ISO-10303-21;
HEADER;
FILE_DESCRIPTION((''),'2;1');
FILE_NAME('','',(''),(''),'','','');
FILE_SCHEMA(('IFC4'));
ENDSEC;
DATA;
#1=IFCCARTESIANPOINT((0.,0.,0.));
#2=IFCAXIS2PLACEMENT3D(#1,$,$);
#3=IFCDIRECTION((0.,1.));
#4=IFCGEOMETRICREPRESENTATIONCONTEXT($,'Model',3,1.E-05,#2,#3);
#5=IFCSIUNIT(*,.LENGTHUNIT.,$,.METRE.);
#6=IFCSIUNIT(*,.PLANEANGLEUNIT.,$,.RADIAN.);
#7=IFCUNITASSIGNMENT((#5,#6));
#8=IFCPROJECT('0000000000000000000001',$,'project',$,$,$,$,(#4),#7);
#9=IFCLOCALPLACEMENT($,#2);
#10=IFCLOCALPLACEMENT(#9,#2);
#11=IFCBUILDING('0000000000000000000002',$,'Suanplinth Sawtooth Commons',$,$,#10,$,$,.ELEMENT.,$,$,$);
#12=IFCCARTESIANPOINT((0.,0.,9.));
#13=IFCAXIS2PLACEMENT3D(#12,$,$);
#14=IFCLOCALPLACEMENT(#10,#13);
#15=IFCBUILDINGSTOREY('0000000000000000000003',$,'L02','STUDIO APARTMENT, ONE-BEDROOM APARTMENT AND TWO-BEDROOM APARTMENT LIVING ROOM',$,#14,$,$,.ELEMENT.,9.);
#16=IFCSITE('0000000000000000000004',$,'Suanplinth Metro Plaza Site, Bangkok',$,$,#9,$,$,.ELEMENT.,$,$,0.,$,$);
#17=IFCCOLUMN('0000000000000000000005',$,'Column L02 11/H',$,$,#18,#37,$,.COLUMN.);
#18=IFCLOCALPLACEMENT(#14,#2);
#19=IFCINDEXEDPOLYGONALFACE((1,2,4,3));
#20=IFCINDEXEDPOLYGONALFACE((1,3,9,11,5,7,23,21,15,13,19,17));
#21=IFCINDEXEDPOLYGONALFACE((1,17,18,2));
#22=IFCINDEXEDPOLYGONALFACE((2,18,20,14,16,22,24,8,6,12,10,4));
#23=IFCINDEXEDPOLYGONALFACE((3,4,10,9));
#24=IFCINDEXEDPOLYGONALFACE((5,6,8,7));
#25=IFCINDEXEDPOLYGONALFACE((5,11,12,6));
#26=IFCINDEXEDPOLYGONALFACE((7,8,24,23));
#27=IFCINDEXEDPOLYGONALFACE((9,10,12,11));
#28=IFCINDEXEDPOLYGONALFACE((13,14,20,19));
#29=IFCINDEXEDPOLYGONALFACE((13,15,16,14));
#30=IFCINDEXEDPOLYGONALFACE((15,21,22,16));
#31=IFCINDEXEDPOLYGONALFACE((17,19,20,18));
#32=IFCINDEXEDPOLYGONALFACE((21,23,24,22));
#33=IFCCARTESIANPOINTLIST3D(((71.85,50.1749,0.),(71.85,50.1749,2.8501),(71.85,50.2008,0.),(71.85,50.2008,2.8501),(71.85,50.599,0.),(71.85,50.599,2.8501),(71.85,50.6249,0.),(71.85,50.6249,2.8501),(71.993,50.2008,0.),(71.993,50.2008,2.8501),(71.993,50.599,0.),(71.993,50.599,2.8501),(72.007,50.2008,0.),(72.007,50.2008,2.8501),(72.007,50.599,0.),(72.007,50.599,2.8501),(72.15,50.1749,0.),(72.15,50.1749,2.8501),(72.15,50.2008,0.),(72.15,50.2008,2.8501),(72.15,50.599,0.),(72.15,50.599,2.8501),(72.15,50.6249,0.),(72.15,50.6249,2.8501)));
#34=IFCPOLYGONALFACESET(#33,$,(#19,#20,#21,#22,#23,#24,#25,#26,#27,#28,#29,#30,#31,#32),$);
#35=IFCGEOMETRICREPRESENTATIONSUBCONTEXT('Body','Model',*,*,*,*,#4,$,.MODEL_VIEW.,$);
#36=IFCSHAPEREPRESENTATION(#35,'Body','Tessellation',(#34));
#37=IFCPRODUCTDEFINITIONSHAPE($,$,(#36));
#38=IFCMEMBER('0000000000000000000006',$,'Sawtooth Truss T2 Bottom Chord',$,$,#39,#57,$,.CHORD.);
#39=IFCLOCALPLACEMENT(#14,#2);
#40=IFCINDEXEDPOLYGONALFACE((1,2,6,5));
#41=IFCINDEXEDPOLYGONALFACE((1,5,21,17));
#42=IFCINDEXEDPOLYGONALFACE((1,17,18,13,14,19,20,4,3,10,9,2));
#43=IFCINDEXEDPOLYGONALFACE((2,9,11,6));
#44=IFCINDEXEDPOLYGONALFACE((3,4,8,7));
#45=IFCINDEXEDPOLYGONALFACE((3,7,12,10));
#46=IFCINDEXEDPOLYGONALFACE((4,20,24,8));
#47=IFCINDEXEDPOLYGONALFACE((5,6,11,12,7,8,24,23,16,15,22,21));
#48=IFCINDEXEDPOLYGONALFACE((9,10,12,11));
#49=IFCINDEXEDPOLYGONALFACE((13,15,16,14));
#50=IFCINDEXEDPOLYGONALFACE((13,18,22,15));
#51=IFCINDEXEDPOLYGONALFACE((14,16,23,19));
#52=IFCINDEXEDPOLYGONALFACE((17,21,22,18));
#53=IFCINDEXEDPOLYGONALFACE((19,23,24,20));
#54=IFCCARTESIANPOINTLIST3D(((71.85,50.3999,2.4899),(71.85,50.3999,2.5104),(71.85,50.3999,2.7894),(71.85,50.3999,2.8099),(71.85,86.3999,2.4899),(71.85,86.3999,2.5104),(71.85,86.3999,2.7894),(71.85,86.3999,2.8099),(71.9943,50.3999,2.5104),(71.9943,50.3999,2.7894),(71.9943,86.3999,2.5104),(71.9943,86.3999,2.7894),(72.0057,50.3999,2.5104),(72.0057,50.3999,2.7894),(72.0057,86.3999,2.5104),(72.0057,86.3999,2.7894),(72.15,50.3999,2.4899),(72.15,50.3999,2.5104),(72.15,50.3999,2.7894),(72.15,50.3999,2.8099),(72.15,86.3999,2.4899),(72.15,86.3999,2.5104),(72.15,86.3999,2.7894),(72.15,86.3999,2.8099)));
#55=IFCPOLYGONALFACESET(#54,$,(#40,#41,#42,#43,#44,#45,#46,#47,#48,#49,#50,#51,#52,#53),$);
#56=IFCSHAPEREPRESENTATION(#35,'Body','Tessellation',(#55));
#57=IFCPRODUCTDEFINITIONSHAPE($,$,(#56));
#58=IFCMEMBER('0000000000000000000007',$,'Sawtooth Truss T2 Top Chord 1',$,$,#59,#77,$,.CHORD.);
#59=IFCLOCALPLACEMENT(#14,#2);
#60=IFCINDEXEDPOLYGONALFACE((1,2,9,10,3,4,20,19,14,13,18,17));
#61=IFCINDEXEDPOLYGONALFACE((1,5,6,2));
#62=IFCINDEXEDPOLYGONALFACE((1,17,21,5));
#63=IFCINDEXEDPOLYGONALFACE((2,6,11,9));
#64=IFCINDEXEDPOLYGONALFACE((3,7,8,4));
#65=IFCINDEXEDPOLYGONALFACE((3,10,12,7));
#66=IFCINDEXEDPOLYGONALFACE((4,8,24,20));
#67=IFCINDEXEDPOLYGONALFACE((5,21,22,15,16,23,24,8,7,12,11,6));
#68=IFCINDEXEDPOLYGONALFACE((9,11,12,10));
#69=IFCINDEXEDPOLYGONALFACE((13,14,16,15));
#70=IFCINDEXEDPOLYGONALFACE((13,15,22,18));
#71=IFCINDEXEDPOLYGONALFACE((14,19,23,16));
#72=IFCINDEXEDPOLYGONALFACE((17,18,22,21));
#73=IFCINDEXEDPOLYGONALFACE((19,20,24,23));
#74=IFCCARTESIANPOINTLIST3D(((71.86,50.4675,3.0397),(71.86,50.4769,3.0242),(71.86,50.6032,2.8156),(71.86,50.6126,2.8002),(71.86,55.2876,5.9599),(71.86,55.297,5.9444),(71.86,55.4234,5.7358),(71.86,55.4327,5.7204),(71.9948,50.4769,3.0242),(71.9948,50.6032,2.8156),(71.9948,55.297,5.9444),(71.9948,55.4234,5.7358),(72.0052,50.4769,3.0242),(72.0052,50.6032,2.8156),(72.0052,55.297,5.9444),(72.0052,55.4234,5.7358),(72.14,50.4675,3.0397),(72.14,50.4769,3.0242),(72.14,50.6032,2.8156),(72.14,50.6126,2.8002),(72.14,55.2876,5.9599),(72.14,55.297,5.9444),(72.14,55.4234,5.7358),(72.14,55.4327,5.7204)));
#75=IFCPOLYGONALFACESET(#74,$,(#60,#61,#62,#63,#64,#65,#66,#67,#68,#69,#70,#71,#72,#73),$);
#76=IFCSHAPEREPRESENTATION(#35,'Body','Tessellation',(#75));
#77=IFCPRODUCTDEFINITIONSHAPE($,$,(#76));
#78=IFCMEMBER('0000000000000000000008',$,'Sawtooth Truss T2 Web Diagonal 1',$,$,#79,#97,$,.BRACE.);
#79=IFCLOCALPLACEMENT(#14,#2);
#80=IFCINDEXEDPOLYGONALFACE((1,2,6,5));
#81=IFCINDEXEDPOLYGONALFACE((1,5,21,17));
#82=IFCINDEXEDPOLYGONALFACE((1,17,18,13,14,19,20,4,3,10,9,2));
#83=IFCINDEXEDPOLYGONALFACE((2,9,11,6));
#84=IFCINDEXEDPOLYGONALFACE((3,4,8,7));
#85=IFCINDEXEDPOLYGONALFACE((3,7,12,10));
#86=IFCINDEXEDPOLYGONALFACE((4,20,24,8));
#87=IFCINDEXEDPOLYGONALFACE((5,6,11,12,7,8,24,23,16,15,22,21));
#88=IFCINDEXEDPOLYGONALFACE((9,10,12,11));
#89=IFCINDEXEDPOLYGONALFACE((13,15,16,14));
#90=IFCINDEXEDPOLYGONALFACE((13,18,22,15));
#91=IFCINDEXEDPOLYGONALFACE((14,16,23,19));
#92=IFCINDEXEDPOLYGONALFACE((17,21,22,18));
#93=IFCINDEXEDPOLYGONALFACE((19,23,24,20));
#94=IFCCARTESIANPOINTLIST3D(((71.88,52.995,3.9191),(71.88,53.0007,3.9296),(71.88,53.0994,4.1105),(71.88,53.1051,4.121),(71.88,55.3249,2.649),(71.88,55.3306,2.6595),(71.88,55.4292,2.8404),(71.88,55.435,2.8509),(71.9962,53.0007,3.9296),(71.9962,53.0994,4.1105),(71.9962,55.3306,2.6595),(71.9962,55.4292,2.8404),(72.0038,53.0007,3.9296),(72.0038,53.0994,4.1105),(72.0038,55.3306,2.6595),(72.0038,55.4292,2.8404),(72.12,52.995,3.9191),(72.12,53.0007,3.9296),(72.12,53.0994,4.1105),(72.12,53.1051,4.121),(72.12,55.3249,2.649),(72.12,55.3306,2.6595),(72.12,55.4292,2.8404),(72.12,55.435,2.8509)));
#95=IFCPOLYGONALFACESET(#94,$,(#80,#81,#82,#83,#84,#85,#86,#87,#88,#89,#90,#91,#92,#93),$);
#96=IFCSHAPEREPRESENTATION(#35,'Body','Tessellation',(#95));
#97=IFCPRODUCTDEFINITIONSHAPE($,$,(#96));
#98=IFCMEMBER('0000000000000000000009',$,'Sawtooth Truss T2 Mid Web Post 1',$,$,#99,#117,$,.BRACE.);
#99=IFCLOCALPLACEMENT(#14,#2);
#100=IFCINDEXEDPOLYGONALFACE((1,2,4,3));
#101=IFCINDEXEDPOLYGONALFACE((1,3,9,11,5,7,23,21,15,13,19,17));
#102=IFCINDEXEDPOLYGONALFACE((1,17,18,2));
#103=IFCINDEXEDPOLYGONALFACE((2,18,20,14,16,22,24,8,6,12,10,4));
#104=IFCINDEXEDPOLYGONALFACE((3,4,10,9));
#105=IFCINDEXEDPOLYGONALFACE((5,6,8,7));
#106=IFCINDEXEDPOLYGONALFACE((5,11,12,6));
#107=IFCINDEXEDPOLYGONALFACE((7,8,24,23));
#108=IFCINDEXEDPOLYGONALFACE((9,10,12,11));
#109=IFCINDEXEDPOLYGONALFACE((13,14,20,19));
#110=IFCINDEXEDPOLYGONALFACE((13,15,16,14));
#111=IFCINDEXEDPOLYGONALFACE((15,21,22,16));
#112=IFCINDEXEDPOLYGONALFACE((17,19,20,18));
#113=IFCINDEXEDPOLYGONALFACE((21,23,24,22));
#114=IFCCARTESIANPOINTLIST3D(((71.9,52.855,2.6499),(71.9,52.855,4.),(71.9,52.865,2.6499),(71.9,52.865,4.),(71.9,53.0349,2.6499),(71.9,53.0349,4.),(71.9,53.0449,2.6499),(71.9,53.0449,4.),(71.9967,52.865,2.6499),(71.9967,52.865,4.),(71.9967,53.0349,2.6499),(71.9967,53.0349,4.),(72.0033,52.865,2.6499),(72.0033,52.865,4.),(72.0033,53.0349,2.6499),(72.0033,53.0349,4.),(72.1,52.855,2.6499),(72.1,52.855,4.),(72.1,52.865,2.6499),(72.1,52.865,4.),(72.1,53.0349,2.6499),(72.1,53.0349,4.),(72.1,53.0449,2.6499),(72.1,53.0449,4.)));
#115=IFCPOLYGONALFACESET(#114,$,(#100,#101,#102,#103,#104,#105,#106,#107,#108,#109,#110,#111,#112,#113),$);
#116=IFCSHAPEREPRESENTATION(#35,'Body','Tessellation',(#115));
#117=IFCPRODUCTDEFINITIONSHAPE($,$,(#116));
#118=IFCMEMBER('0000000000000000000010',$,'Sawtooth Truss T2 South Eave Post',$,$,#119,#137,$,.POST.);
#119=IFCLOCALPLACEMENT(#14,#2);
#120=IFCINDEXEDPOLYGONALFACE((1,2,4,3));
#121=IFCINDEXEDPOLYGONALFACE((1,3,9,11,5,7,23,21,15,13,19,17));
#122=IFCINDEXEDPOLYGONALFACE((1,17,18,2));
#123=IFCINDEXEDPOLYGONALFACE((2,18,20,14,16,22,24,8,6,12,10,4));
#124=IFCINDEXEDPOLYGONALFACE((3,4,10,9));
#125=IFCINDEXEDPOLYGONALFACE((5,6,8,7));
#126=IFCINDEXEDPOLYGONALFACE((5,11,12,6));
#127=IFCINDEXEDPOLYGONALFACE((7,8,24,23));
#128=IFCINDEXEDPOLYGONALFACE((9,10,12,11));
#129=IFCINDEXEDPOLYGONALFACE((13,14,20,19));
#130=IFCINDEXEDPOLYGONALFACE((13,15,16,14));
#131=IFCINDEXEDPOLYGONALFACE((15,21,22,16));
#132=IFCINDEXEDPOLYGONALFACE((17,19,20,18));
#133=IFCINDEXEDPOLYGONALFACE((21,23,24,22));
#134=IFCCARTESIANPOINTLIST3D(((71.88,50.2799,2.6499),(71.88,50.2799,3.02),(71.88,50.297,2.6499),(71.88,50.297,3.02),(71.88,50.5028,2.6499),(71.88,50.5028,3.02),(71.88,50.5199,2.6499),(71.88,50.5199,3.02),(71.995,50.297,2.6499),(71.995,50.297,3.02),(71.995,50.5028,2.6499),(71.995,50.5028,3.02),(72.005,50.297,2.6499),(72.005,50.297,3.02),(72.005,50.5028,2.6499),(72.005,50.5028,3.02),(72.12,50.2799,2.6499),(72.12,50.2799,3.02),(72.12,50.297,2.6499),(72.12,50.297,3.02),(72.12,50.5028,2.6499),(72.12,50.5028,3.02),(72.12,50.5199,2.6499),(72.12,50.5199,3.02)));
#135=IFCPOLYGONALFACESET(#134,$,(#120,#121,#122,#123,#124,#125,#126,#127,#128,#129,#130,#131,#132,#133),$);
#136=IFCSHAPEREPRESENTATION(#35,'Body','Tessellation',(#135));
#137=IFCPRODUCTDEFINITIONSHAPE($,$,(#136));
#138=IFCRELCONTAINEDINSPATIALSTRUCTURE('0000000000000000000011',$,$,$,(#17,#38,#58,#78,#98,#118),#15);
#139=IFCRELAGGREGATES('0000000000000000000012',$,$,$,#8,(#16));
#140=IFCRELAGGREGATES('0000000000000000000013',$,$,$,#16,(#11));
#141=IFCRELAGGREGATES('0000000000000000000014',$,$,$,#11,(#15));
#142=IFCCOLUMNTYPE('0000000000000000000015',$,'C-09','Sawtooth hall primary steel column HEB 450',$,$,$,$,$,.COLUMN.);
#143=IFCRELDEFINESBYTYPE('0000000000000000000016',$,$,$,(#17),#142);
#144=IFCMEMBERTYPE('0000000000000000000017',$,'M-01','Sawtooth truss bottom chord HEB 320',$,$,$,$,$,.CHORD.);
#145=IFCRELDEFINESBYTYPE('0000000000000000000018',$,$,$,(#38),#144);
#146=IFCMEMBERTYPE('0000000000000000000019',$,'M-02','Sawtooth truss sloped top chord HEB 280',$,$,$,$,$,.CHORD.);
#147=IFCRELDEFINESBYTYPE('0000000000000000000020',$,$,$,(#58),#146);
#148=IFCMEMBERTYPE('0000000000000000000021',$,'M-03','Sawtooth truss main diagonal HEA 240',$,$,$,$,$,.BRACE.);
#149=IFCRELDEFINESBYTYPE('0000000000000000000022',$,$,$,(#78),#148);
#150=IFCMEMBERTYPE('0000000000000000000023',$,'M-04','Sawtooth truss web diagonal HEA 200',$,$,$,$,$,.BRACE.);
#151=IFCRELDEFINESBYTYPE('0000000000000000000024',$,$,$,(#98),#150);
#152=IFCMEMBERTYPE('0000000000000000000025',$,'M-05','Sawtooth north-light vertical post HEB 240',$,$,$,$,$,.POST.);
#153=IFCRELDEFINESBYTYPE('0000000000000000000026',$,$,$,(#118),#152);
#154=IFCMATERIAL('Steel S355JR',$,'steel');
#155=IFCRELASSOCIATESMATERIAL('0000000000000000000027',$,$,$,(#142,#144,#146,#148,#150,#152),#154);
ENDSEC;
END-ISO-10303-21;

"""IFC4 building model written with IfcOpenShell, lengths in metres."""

from ifc_helpers import new_model, si_unit, direction, frame, origin, origin_2d, place, context, subcontext, project, spatial, i_section, extrude, material, material_profile, profile_set, type_object, element, save


model = new_model("IFC4")

# Units and contexts
model_context = context("Model", 3, precision=1e-05, world=origin(), true_north=direction((0.0, 1.0)))
body_context = subcontext(model_context, "Body", "Model", "MODEL_VIEW")
ifc_project = project(units=[si_unit("LENGTHUNIT", "METRE"), si_unit("PLANEANGLEUNIT", "RADIAN")], contexts=[model_context])

# Site, building, storey
site_placement = place(None, origin())
site = spatial("IfcSite", under=ifc_project, at=site_placement, Name="Suanplinth Metro Plaza Site, Bangkok", CompositionType="ELEMENT", RefElevation=0.0)
building_placement = place(site_placement, origin())
building = spatial("IfcBuilding", under=site, at=building_placement, Name="Suanplinth Sawtooth Commons", CompositionType="ELEMENT")
storey_placement = place(building_placement, frame((0.0, 0.0, 9.0)))
storey = spatial("IfcBuildingStorey", under=building, at=storey_placement, Name="L02", Description="STUDIO APARTMENT, ONE-BEDROOM APARTMENT AND TWO-BEDROOM APARTMENT LIVING ROOM", CompositionType="ELEMENT", Elevation=9.0)

# Column
ifc_material_1 = material(Name="Steel S355JR", Category="steel")
ifc_material_profile_1 = material_profile(ifc_material_1, i_section(OverallWidth=0.3, OverallDepth=0.45, WebThickness=0.0139, FlangeThickness=0.0259, at=origin_2d()), Name="HEB 450")
ifc_profile_set_1 = profile_set([ifc_material_profile_1], Name="Steel S355JR")
column_type = type_object("IfcColumnType", Name="C-09", Description="Sawtooth hall primary steel column HEB 450", PredefinedType="COLUMN", material=ifc_profile_set_1)
column_placement = place(storey_placement, frame((72.0, 50.3999, 0.0), z_axis=(0.0, 0.0, 1.0), x_axis=(1.0, 0.0, 0.0)))
element("IfcColumn", 1, at=column_placement, inside=storey, type_object=column_type, Name="Column L02 11/H", PredefinedType="COLUMN", context=body_context, shape_type="SweptSolid", body=[
    extrude(i_section(OverallWidth=0.3, OverallDepth=0.45, WebThickness=0.0139, FlangeThickness=0.0259, at=origin_2d()), origin(), (0.0, 0.0, 1.0), 2.8501),
])

# Members
ifc_material_profile_2 = material_profile(ifc_material_1, i_section(OverallWidth=0.3, OverallDepth=0.3201, WebThickness=0.0115, FlangeThickness=0.0205, at=origin_2d()), Name="HEB 320")
ifc_profile_set_2 = profile_set([ifc_material_profile_2], Name="Steel S355JR")
member_type_1 = type_object("IfcMemberType", Name="M-01", Description="Sawtooth truss bottom chord HEB 320", PredefinedType="CHORD", material=ifc_profile_set_2)
member_1_placement = place(storey_placement, frame((72.0, 50.3999, 2.6499), z_axis=(0.0, 1.0, 0.0), x_axis=(-1.0, 0.0, 0.0)))
element("IfcMember", 2, at=member_1_placement, inside=storey, type_object=member_type_1, Name="Sawtooth Truss T2 Bottom Chord", PredefinedType="CHORD", context=body_context, shape_type="SweptSolid", body=[
    extrude(i_section(OverallWidth=0.3, OverallDepth=0.3201, WebThickness=0.0115, FlangeThickness=0.0205, at=origin_2d()), origin(), (0.0, 0.0, 1.0), 36.0),
])
ifc_material_profile_3 = material_profile(ifc_material_1, i_section(OverallWidth=0.28, OverallDepth=0.28, WebThickness=0.0105, FlangeThickness=0.0181, at=origin_2d()), Name="HEB 280")
ifc_profile_set_3 = profile_set([ifc_material_profile_3], Name="Steel S355JR")
member_type_2 = type_object("IfcMemberType", Name="M-02", Description="Sawtooth truss sloped top chord HEB 280", PredefinedType="CHORD", material=ifc_profile_set_3)
member_2_placement = place(storey_placement, frame((72.0, 50.54, 2.9199), z_axis=(0.0, 0.855283, 0.518161), x_axis=(-1.0, 0.0, 0.0)))
element("IfcMember", 3, at=member_2_placement, inside=storey, type_object=member_type_2, Name="Sawtooth Truss T2 Top Chord 1", PredefinedType="CHORD", context=body_context, shape_type="SweptSolid", body=[
    extrude(i_section(OverallWidth=0.28, OverallDepth=0.28, WebThickness=0.0105, FlangeThickness=0.0181, at=origin_2d()), origin(), (0.0, 0.0, 1.0), 5.6357),
])
ifc_material_profile_4 = material_profile(ifc_material_1, i_section(OverallWidth=0.24, OverallDepth=0.23, WebThickness=0.0076, FlangeThickness=0.012, at=origin_2d()), Name="HEA 240")
ifc_profile_set_4 = profile_set([ifc_material_profile_4], Name="Steel S355JR")
member_type_3 = type_object("IfcMemberType", Name="M-03", Description="Sawtooth truss main diagonal HEA 240", PredefinedType="BRACE", material=ifc_profile_set_4)
member_3_placement = place(storey_placement, frame((72.0, 53.05, 4.02), z_axis=(0.0, 0.878022, -0.47862), x_axis=(-1.0, 0.0, 0.0)))
element("IfcMember", 4, at=member_3_placement, inside=storey, type_object=member_type_3, Name="Sawtooth Truss T2 Web Diagonal 1", PredefinedType="BRACE", context=body_context, shape_type="SweptSolid", body=[
    extrude(i_section(OverallWidth=0.24, OverallDepth=0.23, WebThickness=0.0076, FlangeThickness=0.012, at=origin_2d()), origin(), (0.0, 0.0, 1.0), 2.6536),
])
ifc_material_profile_5 = material_profile(ifc_material_1, i_section(OverallWidth=0.2, OverallDepth=0.1899, WebThickness=0.0066, FlangeThickness=0.01, at=origin_2d()), Name="HEA 200")
ifc_profile_set_5 = profile_set([ifc_material_profile_5], Name="Steel S355JR")
member_type_4 = type_object("IfcMemberType", Name="M-04", Description="Sawtooth truss web diagonal HEA 200", PredefinedType="BRACE", material=ifc_profile_set_5)
member_4_placement = place(storey_placement, frame((72.0, 52.95, 2.6499), z_axis=(0.0, 0.0, 1.0), x_axis=(1.0, 0.0, 0.0)))
element("IfcMember", 5, at=member_4_placement, inside=storey, type_object=member_type_4, Name="Sawtooth Truss T2 Mid Web Post 1", PredefinedType="BRACE", context=body_context, shape_type="SweptSolid", body=[
    extrude(i_section(OverallWidth=0.2, OverallDepth=0.1899, WebThickness=0.0066, FlangeThickness=0.01, at=origin_2d()), origin(), (0.0, 0.0, 1.0), 1.3501),
])
ifc_material_profile_6 = material_profile(ifc_material_1, i_section(OverallWidth=0.24, OverallDepth=0.24, WebThickness=0.01, FlangeThickness=0.0171, at=origin_2d()), Name="HEB 240")
ifc_profile_set_6 = profile_set([ifc_material_profile_6], Name="Steel S355JR")
member_type_5 = type_object("IfcMemberType", Name="M-05", Description="Sawtooth north-light vertical post HEB 240", PredefinedType="POST", material=ifc_profile_set_6)
member_5_placement = place(storey_placement, frame((72.0, 50.3999, 2.6499), z_axis=(0.0, 0.0, 1.0), x_axis=(1.0, 0.0, 0.0)))
element("IfcMember", 6, at=member_5_placement, inside=storey, type_object=member_type_5, Name="Sawtooth Truss T2 South Eave Post", PredefinedType="POST", context=body_context, shape_type="SweptSolid", body=[
    extrude(i_section(OverallWidth=0.24, OverallDepth=0.24, WebThickness=0.01, FlangeThickness=0.0171, at=origin_2d()), origin(), (0.0, 0.0, 1.0), 0.3701),
])

save(model, "model.ifc")
